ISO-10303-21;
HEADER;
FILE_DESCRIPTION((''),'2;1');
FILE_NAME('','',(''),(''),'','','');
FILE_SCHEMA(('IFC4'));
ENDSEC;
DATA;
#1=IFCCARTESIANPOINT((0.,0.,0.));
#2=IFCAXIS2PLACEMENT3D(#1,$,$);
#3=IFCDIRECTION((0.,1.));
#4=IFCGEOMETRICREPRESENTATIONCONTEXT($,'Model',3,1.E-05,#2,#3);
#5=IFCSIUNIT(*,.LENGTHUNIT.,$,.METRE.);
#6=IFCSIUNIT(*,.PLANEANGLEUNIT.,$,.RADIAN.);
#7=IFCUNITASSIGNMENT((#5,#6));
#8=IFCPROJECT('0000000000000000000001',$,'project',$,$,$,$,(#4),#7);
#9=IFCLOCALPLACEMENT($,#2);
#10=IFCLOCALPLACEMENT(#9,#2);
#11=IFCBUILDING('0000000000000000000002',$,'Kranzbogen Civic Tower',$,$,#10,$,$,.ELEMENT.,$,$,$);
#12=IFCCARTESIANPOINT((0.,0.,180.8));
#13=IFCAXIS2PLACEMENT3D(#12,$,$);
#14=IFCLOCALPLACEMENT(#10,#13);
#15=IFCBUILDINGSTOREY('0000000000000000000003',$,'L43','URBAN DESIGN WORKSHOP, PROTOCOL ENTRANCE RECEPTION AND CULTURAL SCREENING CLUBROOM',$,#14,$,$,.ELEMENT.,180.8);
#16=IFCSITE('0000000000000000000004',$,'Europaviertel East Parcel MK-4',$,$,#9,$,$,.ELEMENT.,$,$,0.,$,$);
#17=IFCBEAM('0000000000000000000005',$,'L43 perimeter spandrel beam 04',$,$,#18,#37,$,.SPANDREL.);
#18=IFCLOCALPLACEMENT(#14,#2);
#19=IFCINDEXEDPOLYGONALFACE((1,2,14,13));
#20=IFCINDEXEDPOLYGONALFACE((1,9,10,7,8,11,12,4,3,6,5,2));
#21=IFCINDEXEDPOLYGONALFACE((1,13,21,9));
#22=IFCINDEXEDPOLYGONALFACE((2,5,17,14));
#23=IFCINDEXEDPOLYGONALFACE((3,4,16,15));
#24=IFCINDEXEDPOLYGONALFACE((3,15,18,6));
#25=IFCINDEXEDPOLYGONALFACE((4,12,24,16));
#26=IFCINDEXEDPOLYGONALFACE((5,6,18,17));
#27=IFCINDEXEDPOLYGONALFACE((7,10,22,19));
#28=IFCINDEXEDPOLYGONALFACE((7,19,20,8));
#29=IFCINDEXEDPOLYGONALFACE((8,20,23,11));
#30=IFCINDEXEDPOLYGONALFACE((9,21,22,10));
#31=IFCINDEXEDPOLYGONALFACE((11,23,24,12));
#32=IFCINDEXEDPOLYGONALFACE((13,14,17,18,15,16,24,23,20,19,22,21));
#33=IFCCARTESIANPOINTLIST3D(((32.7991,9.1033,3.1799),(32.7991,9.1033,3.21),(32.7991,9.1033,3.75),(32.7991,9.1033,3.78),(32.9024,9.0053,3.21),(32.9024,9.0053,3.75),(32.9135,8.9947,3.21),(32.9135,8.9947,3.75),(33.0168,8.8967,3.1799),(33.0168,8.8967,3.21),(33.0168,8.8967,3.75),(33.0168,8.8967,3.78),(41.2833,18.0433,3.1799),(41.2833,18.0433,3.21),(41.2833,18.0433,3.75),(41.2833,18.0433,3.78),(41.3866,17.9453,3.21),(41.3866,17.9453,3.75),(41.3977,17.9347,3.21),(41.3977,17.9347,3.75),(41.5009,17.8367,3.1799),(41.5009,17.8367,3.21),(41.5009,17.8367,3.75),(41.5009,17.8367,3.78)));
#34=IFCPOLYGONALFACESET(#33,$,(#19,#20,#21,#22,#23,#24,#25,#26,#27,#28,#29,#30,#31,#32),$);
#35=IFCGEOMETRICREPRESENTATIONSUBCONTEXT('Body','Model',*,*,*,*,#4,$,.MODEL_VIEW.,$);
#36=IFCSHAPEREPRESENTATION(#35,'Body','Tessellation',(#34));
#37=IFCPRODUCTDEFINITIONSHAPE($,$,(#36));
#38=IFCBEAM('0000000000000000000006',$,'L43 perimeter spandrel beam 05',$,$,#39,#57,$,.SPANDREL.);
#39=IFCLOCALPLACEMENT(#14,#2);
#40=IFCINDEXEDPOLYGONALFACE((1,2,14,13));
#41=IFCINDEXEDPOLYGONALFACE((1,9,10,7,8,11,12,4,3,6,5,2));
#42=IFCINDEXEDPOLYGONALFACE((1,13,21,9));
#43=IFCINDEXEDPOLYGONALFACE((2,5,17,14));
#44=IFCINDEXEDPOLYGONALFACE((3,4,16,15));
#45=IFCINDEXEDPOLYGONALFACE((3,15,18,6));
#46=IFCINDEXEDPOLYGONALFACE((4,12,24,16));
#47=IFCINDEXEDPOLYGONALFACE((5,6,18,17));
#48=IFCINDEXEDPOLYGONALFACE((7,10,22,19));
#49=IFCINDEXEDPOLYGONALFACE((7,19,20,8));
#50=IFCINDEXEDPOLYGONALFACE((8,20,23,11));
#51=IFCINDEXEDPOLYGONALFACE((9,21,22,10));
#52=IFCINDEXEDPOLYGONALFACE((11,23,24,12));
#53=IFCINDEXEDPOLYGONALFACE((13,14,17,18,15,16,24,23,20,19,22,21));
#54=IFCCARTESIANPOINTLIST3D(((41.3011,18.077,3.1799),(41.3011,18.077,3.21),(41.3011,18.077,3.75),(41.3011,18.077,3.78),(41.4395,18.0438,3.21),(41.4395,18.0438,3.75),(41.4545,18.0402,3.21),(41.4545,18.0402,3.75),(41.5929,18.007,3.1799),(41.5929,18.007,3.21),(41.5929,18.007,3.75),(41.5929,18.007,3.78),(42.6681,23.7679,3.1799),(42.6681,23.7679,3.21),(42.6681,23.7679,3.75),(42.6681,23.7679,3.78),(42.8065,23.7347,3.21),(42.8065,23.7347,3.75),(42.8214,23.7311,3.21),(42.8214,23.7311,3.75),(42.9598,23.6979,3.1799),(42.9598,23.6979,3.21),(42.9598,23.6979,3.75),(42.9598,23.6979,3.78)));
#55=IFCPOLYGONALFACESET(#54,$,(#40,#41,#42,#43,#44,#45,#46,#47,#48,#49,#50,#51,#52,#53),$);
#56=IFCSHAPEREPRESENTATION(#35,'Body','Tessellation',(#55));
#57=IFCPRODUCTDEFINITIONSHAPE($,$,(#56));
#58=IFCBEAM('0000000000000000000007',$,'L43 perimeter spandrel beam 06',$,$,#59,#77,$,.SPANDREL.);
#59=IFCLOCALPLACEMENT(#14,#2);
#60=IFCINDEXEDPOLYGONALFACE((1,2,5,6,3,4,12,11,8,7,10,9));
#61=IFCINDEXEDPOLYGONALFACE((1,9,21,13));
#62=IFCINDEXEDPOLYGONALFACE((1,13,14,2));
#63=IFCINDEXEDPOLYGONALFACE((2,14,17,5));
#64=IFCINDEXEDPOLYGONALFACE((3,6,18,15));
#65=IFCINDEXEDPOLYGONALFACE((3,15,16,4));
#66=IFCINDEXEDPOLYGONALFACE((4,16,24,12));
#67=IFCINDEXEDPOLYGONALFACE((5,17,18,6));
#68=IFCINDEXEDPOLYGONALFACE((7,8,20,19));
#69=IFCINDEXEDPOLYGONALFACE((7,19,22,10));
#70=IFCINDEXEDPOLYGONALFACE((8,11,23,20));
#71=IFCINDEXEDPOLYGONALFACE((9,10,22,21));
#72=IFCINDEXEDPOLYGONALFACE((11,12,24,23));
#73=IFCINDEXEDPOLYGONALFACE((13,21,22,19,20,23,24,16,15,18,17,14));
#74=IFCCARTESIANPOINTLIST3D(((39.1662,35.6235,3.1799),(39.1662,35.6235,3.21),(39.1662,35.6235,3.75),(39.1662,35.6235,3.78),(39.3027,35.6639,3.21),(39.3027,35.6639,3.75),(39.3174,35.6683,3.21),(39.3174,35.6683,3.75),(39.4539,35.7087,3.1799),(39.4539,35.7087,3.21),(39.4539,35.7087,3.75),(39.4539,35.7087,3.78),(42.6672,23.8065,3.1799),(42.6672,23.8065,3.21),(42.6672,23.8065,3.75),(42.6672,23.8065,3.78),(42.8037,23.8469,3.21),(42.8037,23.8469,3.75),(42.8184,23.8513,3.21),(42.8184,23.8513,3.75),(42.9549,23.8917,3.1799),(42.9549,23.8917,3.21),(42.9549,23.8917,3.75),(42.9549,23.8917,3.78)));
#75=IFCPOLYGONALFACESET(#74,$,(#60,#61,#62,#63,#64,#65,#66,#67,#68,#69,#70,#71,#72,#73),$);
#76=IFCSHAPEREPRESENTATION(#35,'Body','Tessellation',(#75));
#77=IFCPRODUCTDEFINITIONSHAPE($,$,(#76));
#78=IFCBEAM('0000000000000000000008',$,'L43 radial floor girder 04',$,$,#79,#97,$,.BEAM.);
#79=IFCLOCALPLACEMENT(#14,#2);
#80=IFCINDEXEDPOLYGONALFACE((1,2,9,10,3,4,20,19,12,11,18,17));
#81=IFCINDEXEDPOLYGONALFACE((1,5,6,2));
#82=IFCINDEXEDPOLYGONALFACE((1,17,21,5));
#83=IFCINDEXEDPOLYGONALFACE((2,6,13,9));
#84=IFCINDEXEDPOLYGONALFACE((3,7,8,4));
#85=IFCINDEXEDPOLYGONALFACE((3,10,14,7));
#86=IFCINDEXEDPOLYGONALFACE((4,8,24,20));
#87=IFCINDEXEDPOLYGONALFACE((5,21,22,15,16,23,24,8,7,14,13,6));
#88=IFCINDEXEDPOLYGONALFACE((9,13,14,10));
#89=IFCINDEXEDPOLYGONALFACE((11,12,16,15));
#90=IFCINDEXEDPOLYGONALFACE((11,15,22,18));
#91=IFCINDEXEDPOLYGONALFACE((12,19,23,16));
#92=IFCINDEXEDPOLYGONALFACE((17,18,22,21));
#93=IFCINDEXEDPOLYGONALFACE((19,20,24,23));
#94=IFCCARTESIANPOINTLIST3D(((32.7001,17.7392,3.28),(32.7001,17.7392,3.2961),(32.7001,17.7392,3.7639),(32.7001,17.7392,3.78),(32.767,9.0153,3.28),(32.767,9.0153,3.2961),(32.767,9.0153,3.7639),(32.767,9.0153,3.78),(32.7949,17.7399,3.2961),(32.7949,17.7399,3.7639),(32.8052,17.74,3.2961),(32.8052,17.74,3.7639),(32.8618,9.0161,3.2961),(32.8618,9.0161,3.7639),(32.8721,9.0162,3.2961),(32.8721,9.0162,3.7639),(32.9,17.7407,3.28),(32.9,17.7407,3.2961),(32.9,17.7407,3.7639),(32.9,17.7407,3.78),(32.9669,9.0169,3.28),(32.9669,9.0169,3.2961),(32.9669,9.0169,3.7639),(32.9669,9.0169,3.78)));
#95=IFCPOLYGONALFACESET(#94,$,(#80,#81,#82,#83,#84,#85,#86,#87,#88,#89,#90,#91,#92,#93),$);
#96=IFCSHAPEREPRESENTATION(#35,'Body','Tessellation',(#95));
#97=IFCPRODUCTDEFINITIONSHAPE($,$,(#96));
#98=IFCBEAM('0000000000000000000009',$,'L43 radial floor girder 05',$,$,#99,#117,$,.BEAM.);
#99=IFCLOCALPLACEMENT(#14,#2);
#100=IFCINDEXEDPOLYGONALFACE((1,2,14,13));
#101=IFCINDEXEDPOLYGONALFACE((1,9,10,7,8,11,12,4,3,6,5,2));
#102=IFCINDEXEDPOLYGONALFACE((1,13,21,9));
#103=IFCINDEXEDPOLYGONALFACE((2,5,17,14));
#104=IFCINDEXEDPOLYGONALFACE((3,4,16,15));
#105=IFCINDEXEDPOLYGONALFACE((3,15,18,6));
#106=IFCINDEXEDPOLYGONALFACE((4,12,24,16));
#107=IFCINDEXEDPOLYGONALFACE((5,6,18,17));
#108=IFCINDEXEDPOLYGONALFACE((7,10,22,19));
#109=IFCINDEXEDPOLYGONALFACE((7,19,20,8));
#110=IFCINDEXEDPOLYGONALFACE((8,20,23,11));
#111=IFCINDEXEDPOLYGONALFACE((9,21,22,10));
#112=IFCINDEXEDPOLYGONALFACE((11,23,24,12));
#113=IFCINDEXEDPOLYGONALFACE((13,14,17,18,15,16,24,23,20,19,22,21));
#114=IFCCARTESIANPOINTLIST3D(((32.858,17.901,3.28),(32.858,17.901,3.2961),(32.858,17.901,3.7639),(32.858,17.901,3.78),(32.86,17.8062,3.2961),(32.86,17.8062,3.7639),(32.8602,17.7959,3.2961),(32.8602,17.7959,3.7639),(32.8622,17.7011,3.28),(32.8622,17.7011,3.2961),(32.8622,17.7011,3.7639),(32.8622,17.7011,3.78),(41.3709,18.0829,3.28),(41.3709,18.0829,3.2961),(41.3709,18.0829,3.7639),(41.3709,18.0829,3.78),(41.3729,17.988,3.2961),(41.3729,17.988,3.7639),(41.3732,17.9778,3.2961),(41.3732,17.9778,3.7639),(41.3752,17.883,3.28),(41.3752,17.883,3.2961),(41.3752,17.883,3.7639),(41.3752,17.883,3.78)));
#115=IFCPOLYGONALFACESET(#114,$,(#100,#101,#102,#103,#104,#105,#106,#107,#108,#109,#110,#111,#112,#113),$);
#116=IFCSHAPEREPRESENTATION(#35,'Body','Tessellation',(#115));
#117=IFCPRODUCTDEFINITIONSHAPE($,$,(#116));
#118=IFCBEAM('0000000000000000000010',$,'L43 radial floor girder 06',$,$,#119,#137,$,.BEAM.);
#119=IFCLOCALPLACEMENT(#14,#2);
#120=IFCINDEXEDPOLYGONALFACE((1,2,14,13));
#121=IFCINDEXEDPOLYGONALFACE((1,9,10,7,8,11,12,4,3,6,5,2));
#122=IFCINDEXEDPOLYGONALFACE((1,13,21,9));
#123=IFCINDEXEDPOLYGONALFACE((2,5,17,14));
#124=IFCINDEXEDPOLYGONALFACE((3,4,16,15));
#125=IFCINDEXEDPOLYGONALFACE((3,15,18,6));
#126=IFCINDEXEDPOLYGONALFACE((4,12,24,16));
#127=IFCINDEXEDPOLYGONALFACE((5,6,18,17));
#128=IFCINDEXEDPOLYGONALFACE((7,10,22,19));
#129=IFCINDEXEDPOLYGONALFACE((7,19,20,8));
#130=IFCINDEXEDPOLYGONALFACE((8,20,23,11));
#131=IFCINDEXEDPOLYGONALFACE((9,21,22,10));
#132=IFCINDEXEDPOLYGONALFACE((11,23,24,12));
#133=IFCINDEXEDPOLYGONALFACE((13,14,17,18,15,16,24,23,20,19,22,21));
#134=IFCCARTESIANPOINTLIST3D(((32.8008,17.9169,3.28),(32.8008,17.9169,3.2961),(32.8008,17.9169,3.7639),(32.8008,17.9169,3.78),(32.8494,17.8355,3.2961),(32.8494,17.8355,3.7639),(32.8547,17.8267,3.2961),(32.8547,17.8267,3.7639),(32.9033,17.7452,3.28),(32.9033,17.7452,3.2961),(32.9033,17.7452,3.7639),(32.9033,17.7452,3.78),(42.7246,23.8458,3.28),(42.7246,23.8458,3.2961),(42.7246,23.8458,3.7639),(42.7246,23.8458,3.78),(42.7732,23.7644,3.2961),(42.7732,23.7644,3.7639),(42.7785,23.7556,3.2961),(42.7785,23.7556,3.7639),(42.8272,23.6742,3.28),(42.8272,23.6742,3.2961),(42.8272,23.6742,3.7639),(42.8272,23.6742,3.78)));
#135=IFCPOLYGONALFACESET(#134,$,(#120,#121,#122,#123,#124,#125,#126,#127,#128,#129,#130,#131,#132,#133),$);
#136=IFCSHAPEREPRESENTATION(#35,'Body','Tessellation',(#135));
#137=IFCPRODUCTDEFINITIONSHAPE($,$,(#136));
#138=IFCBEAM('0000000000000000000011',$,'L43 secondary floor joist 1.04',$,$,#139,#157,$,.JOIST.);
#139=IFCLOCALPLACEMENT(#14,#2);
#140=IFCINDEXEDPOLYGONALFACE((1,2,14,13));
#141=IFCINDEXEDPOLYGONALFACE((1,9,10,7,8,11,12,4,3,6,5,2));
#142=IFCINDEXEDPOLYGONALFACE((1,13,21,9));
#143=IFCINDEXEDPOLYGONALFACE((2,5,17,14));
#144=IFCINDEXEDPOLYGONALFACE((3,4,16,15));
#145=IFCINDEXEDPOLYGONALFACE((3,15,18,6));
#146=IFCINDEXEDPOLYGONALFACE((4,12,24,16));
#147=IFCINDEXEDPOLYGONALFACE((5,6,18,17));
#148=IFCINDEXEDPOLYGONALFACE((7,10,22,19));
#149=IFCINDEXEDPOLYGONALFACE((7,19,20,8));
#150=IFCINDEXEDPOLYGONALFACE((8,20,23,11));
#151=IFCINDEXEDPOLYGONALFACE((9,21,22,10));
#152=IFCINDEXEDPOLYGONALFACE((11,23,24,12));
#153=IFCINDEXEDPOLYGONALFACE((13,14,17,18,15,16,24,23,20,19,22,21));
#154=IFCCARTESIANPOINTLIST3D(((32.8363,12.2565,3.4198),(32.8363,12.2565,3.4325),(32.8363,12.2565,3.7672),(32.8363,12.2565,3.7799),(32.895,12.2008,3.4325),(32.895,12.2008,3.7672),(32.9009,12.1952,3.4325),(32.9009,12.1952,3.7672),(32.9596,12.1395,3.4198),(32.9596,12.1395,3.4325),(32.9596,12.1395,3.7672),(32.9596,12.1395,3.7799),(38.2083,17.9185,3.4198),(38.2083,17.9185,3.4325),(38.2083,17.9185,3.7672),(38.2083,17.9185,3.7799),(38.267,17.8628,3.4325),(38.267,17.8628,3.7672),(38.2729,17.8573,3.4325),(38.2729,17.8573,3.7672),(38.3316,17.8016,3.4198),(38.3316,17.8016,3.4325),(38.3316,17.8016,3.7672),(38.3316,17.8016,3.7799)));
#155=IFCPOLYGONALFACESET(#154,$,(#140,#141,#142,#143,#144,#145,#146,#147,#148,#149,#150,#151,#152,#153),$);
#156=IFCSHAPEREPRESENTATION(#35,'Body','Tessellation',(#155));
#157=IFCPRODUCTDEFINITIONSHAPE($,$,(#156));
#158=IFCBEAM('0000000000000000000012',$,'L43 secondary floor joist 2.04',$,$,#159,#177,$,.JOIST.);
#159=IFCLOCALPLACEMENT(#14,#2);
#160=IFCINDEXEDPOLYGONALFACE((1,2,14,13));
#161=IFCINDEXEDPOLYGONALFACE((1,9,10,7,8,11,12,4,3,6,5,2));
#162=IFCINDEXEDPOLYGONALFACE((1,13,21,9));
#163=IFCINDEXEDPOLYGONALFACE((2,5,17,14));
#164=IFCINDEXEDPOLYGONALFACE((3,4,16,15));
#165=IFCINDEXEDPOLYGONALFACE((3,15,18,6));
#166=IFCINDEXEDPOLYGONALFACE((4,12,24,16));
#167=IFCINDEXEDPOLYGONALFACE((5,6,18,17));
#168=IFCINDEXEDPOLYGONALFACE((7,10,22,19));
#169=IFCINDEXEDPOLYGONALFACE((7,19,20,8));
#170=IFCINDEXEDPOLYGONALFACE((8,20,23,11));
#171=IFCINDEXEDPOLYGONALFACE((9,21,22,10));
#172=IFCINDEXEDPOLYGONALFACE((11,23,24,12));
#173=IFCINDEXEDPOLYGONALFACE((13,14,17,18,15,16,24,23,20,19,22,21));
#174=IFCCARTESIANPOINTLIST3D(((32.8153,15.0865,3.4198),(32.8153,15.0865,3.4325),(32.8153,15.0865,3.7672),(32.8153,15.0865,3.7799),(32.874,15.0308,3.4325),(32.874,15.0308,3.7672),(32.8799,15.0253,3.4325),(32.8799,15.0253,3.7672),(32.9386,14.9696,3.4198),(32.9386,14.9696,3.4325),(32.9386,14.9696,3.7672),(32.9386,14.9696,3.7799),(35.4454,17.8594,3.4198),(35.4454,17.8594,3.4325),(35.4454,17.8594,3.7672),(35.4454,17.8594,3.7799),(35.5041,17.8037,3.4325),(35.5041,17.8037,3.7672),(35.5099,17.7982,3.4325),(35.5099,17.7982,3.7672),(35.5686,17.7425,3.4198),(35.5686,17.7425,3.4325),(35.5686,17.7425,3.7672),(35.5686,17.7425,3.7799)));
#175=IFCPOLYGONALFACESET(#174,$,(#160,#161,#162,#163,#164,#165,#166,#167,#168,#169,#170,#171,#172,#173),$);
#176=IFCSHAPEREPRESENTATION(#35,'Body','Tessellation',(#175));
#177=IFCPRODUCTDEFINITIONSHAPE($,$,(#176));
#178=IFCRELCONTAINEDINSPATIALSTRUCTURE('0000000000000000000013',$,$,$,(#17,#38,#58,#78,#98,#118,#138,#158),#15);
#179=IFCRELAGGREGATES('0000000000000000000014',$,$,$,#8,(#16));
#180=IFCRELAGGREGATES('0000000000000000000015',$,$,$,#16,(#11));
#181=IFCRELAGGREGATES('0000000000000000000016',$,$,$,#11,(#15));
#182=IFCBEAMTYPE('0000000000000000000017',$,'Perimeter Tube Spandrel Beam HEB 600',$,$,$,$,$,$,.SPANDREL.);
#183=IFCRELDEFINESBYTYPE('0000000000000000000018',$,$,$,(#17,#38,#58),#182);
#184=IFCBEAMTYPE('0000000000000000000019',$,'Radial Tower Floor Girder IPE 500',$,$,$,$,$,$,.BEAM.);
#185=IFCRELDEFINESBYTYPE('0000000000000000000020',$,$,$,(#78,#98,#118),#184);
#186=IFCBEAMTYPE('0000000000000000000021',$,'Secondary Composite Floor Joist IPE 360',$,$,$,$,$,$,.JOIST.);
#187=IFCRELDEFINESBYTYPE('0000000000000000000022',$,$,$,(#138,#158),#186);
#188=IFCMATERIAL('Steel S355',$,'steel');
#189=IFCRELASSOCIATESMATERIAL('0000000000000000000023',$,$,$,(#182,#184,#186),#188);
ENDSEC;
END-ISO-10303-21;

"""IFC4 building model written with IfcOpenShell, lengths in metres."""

from ifc_helpers import new_model, si_unit, direction, frame, origin, origin_2d, place, context, subcontext, project, spatial, i_section, extrude, material, material_profile, profile_set, type_object, element, save


model = new_model("IFC4")

# Units and contexts
model_context = context("Model", 3, precision=1e-05, world=origin(), true_north=direction((0.0, 1.0)))
body_context = subcontext(model_context, "Body", "Model", "MODEL_VIEW")
ifc_project = project(units=[si_unit("LENGTHUNIT", "METRE"), si_unit("PLANEANGLEUNIT", "RADIAN")], contexts=[model_context])

# Site, building, storey
site_placement = place(None, origin())
site = spatial("IfcSite", under=ifc_project, at=site_placement, Name="Europaviertel East Parcel MK-4", CompositionType="ELEMENT", RefElevation=0.0)
building_placement = place(site_placement, origin())
building = spatial("IfcBuilding", under=site, at=building_placement, Name="Kranzbogen Civic Tower", CompositionType="ELEMENT")
storey_placement = place(building_placement, frame((0.0, 0.0, 180.8)))
storey = spatial("IfcBuildingStorey", under=building, at=storey_placement, Name="L43", Description="URBAN DESIGN WORKSHOP, PROTOCOL ENTRANCE RECEPTION AND CULTURAL SCREENING CLUBROOM", CompositionType="ELEMENT", Elevation=180.8)

# Shared definitions
ifc_material_1 = material(Name="Steel S355", Category="steel")

# Beams
ifc_material_profile_1 = material_profile(ifc_material_1, i_section(OverallWidth=0.3, OverallDepth=0.6001, WebThickness=0.0154, FlangeThickness=0.03, at=origin_2d()), Name="HEB 600")
ifc_profile_set_1 = profile_set([ifc_material_profile_1], Name="Steel S355")
beam_type_1 = type_object("IfcBeamType", Name="Perimeter Tube Spandrel Beam HEB 600", PredefinedType="SPANDREL", material=ifc_profile_set_1)
beam_1_placement = place(storey_placement, frame((32.908, 9.0, 3.48), z_axis=(0.688373, 0.725356, 0.0), x_axis=(-0.725356, 0.688373, 0.0)))
element("IfcBeam", 1, at=beam_1_placement, inside=storey, type_object=beam_type_1, Name="L43 perimeter spandrel beam 04", PredefinedType="SPANDREL", context=body_context, shape_type="SweptSolid", body=[
    extrude(i_section(OverallWidth=0.3, OverallDepth=0.6001, WebThickness=0.0154, FlangeThickness=0.03, at=origin_2d()), origin(), (0.0, 0.0, 1.0), 12.325),
])
beam_2_placement = place(storey_placement, frame((41.447, 18.042, 3.48), z_axis=(0.233554, 0.972344, 0.0), x_axis=(-0.972344, 0.233554, 0.0)))
element("IfcBeam", 2, at=beam_2_placement, inside=storey, type_object=beam_type_1, Name="L43 perimeter spandrel beam 05", PredefinedType="SPANDREL", context=body_context, shape_type="SweptSolid", body=[
    extrude(i_section(OverallWidth=0.3, OverallDepth=0.6001, WebThickness=0.0154, FlangeThickness=0.03, at=origin_2d()), origin(), (0.0, 0.0, 1.0), 5.8528),
])
beam_3_placement = place(storey_placement, frame((42.811, 23.8491, 3.48), z_axis=(-0.284064, 0.958805, 0.0), x_axis=(-0.958805, -0.284064, 0.0)))
element("IfcBeam", 3, at=beam_3_placement, inside=storey, type_object=beam_type_1, Name="L43 perimeter spandrel beam 06", PredefinedType="SPANDREL", context=body_context, shape_type="SweptSolid", body=[
    extrude(i_section(OverallWidth=0.3, OverallDepth=0.6001, WebThickness=0.0154, FlangeThickness=0.03, at=origin_2d()), origin(), (0.0, 0.0, 1.0), 12.3247),
])
ifc_material_profile_2 = material_profile(ifc_material_1, i_section(OverallWidth=0.2, OverallDepth=0.5, WebThickness=0.0103, FlangeThickness=0.0161, at=origin_2d()), Name="IPE 500")
ifc_profile_set_2 = profile_set([ifc_material_profile_2], Name="Steel S355")
beam_type_2 = type_object("IfcBeamType", Name="Radial Tower Floor Girder IPE 500", PredefinedType="BEAM", material=ifc_profile_set_2)
beam_4_placement = place(storey_placement, frame((32.8669, 9.0161, 3.53), z_axis=(-0.007668, 0.999971, 0.0), x_axis=(-0.999971, -0.007668, 0.0)))
element("IfcBeam", 4, at=beam_4_placement, inside=storey, type_object=beam_type_2, Name="L43 radial floor girder 04", PredefinedType="BEAM", context=body_context, shape_type="SweptSolid", body=[
    extrude(i_section(OverallWidth=0.2, OverallDepth=0.5, WebThickness=0.0103, FlangeThickness=0.0161, at=origin_2d()), origin(), (0.0, 0.0, 1.0), 8.7241),
])
beam_5_placement = place(storey_placement, frame((41.373, 17.9829, 3.53), z_axis=(-0.999772, -0.021361, 0.0), x_axis=(0.021361, -0.999772, 0.0)))
element("IfcBeam", 5, at=beam_5_placement, inside=storey, type_object=beam_type_2, Name="L43 radial floor girder 05", PredefinedType="BEAM", context=body_context, shape_type="SweptSolid", body=[
    extrude(i_section(OverallWidth=0.2, OverallDepth=0.5, WebThickness=0.0103, FlangeThickness=0.0161, at=origin_2d()), origin(), (0.0, 0.0, 1.0), 8.5149),
])
beam_6_placement = place(storey_placement, frame((42.7759, 23.76, 3.53), z_axis=(-0.858459, -0.512883, 0.0), x_axis=(0.512883, -0.858459, 0.0)))
element("IfcBeam", 6, at=beam_6_placement, inside=storey, type_object=beam_type_2, Name="L43 radial floor girder 06", PredefinedType="BEAM", context=body_context, shape_type="SweptSolid", body=[
    extrude(i_section(OverallWidth=0.2, OverallDepth=0.5, WebThickness=0.0103, FlangeThickness=0.0161, at=origin_2d()), origin(), (0.0, 0.0, 1.0), 11.5601),
])
ifc_material_profile_3 = material_profile(ifc_material_1, i_section(OverallWidth=0.1699, OverallDepth=0.3601, WebThickness=0.0081, FlangeThickness=0.0127, at=origin_2d()), Name="IPE 360")
ifc_profile_set_3 = profile_set([ifc_material_profile_3], Name="Steel S355")
beam_type_3 = type_object("IfcBeamType", Name="Secondary Composite Floor Joist IPE 360", PredefinedType="JOIST", material=ifc_profile_set_3)
beam_7_placement = place(storey_placement, frame((32.8979, 12.198, 3.5999), z_axis=(0.688282, 0.725443, 0.0), x_axis=(-0.725443, 0.688282, 0.0)))
element("IfcBeam", 7, at=beam_7_placement, inside=storey, type_object=beam_type_3, Name="L43 secondary floor joist 1.04", PredefinedType="JOIST", context=body_context, shape_type="SweptSolid", body=[
    extrude(i_section(OverallWidth=0.1699, OverallDepth=0.3601, WebThickness=0.0081, FlangeThickness=0.0127, at=origin_2d()), origin(), (0.0, 0.0, 1.0), 7.8049),
])
beam_8_placement = place(storey_placement, frame((32.877, 15.0281, 3.5999), z_axis=(0.688175, 0.725545, 0.0), x_axis=(-0.725545, 0.688175, 0.0)))
element("IfcBeam", 8, at=beam_8_placement, inside=storey, type_object=beam_type_3, Name="L43 secondary floor joist 2.04", PredefinedType="JOIST", context=body_context, shape_type="SweptSolid", body=[
    extrude(i_section(OverallWidth=0.1699, OverallDepth=0.3601, WebThickness=0.0081, FlangeThickness=0.0127, at=origin_2d()), origin(), (0.0, 0.0, 1.0), 3.8218),
])

save(model, "model.ifc")
